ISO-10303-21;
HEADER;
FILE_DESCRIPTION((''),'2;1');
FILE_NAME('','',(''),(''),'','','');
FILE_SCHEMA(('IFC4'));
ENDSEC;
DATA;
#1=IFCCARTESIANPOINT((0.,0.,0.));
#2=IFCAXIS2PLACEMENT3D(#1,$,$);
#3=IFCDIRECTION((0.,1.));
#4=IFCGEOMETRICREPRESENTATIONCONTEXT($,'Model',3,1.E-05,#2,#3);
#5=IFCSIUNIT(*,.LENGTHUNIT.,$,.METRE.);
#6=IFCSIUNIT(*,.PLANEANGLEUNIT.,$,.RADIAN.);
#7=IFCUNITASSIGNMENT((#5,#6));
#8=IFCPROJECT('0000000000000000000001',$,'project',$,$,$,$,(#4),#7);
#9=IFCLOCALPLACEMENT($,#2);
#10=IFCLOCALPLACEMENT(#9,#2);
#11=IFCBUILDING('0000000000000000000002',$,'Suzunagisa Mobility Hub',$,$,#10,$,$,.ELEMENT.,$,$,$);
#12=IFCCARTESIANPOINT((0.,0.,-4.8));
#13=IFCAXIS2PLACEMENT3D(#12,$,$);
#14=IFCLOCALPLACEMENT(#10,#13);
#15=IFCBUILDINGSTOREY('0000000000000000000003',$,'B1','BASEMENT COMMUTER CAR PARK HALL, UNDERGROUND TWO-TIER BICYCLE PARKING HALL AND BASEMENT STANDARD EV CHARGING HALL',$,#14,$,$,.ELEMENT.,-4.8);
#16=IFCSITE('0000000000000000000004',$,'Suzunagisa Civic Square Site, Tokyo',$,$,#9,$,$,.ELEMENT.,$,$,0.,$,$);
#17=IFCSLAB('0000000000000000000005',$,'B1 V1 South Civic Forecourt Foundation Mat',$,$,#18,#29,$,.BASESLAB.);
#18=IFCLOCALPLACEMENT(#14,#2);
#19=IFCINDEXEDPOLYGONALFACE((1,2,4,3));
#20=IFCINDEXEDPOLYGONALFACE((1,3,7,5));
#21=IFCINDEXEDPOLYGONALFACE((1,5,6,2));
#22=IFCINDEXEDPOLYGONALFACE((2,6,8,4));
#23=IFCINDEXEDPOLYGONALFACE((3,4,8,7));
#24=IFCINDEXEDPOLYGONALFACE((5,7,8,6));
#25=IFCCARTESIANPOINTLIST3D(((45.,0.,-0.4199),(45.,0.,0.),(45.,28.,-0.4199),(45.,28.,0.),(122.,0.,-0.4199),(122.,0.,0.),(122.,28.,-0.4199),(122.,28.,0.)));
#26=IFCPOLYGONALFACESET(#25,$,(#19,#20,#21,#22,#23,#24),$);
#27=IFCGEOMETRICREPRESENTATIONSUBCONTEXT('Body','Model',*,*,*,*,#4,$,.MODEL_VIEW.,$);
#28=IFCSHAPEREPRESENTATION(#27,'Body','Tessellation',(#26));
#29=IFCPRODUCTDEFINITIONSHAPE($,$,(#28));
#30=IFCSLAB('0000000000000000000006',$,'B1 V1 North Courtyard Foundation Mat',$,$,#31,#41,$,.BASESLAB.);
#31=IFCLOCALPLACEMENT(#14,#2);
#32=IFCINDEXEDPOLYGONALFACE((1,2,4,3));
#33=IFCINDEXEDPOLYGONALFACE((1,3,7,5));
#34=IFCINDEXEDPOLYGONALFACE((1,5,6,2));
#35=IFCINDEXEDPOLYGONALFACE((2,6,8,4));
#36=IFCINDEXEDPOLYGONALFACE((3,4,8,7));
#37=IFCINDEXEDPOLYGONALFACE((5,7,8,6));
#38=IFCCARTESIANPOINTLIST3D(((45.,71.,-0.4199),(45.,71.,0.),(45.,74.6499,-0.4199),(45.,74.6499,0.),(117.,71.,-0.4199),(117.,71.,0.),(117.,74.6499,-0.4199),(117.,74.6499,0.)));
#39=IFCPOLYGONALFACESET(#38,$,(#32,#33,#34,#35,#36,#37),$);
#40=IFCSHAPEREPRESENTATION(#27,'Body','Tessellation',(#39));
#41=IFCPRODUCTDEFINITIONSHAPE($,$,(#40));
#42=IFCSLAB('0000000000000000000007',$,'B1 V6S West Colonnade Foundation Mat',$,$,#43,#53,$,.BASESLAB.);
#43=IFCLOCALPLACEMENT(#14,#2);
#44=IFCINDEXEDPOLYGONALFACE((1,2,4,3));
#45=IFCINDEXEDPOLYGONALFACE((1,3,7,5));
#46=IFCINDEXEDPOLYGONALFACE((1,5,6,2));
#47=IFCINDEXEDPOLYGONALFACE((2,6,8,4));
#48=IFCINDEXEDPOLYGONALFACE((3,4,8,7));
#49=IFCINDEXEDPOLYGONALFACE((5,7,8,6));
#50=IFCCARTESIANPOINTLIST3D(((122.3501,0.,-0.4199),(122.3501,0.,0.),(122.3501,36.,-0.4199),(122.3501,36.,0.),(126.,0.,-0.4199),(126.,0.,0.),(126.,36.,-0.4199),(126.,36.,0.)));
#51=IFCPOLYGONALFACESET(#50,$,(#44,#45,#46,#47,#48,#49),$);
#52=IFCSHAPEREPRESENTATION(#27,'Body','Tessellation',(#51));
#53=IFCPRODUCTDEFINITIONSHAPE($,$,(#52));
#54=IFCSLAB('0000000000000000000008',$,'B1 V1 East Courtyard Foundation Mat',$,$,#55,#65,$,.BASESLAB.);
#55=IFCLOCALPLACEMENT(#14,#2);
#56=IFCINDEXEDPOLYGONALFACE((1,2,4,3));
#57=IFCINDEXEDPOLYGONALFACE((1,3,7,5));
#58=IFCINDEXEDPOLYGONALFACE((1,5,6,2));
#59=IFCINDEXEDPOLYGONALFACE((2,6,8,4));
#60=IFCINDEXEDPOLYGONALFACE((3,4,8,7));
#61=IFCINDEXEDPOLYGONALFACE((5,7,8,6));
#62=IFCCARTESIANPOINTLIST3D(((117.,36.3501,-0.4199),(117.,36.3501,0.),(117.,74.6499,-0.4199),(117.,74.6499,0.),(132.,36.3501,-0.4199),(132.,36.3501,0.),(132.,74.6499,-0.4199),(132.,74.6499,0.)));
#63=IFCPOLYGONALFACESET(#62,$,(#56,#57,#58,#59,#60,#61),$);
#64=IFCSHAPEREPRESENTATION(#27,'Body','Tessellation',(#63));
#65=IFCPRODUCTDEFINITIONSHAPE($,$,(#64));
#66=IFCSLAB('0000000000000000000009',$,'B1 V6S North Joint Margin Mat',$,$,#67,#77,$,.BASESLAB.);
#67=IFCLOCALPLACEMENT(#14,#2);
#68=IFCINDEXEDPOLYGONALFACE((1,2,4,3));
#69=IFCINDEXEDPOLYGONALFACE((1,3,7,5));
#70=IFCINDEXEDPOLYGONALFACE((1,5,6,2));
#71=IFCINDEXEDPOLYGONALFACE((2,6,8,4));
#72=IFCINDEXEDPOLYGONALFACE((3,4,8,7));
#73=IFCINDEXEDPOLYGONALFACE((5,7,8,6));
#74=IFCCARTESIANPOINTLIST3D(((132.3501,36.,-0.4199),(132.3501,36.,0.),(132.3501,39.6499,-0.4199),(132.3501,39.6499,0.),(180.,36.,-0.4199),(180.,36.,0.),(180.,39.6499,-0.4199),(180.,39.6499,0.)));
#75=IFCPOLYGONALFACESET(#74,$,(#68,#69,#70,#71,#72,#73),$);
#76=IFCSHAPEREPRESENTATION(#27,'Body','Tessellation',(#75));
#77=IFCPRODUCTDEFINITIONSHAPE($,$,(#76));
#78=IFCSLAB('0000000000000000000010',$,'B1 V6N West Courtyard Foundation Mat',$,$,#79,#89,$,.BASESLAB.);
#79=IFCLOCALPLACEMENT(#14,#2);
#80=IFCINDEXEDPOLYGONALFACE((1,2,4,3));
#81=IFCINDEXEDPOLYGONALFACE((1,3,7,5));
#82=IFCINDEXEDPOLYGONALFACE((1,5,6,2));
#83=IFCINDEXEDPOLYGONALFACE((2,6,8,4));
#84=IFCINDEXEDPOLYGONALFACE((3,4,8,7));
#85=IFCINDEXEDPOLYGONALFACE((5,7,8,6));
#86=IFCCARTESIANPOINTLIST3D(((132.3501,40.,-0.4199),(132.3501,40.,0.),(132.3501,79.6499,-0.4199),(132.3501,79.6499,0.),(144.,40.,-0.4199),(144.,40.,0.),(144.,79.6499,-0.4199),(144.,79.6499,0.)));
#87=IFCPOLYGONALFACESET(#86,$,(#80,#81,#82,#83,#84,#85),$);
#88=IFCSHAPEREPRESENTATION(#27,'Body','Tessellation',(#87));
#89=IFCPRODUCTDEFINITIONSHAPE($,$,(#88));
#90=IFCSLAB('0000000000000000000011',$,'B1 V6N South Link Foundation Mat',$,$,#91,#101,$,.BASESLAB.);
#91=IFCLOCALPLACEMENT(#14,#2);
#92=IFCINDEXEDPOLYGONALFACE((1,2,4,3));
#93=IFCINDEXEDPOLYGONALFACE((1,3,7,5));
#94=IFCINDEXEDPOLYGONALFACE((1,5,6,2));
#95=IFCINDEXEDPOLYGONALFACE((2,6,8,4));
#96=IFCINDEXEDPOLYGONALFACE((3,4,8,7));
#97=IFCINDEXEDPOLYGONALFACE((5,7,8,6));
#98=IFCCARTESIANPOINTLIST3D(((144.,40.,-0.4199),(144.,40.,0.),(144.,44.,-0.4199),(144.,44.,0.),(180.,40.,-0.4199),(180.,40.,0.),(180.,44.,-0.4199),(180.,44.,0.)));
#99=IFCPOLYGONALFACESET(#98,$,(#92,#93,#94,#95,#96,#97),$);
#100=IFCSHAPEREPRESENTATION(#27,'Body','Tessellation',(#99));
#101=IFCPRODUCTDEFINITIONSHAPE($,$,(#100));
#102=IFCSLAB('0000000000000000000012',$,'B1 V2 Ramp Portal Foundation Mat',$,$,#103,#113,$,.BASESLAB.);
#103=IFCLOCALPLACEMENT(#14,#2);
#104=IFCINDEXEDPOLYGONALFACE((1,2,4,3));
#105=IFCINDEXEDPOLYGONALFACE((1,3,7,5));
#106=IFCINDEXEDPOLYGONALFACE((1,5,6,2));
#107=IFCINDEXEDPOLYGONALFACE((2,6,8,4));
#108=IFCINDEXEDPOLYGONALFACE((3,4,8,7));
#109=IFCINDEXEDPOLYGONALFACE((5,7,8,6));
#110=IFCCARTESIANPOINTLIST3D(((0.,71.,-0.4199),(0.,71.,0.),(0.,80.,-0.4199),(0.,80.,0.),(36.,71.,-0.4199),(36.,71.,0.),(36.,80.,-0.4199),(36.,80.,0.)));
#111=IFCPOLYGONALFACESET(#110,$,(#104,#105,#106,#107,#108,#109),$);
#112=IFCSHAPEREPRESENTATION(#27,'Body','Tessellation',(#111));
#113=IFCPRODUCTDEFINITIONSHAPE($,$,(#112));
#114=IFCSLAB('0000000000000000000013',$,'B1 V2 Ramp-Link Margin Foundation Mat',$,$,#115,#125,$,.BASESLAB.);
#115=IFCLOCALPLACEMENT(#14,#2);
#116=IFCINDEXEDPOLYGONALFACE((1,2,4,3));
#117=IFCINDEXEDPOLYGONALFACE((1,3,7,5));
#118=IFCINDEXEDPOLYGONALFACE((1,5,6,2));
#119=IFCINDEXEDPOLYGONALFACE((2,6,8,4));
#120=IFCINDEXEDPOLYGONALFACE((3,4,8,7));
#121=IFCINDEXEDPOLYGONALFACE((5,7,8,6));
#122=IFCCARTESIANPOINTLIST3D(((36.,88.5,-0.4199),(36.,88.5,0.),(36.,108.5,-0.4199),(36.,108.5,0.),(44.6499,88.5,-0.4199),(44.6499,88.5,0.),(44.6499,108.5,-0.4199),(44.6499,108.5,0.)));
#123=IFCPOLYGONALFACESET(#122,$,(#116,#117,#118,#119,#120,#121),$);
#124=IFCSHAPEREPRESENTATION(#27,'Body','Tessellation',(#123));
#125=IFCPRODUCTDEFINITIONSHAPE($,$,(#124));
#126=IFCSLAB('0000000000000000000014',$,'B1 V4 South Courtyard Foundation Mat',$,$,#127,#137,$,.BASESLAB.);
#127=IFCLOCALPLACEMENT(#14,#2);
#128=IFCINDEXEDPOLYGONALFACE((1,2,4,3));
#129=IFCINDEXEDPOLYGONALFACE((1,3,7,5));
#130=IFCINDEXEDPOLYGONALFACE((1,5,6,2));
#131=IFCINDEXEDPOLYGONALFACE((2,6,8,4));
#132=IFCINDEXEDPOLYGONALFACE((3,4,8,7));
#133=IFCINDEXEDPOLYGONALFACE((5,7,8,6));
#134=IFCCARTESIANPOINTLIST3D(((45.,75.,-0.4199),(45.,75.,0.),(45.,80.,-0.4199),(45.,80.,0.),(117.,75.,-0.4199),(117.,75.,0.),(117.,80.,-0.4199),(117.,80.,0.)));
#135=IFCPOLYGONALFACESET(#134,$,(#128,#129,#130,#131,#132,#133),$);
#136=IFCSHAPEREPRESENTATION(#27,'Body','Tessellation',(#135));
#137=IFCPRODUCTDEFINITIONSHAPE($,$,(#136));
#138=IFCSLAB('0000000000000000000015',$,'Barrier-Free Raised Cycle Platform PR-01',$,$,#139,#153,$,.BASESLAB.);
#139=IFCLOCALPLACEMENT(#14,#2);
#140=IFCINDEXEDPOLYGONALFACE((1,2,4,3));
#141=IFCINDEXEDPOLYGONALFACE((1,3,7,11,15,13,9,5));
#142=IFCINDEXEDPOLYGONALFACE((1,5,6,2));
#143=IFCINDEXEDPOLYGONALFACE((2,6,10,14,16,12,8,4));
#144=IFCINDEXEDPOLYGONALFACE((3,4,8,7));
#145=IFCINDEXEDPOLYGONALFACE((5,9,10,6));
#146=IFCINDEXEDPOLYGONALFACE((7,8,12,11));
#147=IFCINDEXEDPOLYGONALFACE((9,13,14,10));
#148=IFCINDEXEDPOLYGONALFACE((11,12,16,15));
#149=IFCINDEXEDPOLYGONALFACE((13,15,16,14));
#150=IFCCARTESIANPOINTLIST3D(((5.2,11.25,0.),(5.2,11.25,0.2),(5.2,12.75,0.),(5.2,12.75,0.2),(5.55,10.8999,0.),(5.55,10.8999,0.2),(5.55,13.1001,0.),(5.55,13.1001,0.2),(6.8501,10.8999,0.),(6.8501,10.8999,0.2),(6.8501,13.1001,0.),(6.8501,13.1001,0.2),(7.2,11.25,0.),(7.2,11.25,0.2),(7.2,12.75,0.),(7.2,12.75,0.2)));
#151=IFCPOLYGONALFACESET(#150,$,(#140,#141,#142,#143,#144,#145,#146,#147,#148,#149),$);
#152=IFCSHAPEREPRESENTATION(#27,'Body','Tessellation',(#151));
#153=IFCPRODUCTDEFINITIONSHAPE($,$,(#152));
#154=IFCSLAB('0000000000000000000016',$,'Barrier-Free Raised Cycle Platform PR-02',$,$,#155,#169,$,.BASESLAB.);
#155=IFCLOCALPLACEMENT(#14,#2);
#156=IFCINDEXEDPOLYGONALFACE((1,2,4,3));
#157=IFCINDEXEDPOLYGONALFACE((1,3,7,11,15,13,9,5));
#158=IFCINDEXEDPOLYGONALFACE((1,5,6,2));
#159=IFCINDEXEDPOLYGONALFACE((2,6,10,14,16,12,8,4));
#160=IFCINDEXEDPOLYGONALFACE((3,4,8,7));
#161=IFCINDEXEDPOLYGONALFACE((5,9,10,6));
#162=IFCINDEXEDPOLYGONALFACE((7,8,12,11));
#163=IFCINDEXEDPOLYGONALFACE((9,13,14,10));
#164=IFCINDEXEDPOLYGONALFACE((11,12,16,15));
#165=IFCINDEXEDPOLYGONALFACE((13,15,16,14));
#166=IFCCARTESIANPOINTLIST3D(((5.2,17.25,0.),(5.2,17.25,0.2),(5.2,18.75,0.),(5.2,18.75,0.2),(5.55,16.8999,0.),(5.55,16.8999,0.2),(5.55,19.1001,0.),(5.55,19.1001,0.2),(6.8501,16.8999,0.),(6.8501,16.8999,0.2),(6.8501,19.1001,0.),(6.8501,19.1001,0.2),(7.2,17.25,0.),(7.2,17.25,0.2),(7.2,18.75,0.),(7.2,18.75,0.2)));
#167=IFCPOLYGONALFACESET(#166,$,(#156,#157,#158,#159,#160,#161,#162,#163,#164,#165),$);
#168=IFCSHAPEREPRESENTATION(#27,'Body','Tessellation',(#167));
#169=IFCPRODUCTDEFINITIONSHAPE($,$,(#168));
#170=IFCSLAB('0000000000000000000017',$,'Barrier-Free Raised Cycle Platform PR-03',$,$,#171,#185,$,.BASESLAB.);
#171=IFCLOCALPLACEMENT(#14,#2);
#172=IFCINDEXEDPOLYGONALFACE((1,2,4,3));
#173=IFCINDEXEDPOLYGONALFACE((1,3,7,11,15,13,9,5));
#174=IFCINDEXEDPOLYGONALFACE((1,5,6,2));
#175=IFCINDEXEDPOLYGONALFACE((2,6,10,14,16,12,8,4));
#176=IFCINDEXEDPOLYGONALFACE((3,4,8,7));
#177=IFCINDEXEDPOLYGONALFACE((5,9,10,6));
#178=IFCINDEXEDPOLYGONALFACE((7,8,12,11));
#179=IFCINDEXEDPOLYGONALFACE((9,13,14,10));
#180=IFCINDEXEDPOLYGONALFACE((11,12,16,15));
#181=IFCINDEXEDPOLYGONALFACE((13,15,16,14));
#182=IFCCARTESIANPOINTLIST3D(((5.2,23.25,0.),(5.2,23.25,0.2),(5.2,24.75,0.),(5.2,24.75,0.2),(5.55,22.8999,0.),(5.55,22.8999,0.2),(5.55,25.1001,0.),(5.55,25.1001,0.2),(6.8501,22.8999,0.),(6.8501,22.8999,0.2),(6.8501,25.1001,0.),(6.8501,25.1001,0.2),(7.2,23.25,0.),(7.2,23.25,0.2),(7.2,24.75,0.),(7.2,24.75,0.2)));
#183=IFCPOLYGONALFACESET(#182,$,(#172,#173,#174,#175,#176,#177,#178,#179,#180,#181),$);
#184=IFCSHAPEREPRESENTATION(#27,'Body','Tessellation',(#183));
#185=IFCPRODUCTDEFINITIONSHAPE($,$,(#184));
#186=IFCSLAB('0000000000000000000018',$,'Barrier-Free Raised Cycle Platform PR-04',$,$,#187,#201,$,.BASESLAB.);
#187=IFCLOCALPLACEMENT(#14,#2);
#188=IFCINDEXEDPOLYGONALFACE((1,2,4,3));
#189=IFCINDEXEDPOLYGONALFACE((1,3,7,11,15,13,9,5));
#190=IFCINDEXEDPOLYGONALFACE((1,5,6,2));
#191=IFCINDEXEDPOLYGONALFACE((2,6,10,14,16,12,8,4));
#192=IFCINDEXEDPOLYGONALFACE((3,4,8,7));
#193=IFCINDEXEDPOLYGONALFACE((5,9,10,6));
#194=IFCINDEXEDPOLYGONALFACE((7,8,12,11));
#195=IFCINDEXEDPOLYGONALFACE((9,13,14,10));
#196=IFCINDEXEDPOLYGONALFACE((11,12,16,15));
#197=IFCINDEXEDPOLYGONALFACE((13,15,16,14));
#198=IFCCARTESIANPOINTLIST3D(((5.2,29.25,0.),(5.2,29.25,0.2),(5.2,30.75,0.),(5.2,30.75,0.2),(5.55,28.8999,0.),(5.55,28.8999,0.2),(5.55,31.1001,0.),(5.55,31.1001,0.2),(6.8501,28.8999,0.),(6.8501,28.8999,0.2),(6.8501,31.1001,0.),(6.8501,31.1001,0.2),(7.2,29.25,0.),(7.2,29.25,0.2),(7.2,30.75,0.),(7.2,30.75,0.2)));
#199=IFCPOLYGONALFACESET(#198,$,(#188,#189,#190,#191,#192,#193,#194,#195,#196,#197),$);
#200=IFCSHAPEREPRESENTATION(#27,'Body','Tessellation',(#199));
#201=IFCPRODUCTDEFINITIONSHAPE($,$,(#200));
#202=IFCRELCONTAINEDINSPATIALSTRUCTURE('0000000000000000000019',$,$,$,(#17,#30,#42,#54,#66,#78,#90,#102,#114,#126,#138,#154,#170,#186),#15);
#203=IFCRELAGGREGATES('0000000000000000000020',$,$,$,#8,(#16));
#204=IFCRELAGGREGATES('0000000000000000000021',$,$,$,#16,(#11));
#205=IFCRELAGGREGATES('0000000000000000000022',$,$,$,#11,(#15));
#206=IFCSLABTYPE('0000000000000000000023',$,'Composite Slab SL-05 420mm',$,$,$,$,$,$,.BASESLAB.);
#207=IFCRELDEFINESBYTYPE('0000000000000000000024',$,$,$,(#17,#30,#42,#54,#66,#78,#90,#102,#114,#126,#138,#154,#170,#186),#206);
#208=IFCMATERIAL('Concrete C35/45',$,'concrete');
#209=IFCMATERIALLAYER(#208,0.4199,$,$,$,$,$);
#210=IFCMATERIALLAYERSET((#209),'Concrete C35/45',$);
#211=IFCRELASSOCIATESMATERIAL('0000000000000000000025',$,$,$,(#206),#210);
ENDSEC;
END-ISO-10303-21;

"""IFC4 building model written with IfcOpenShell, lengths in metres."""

from ifc_helpers import new_model, si_unit, direction, frame, origin, place, context, subcontext, project, spatial, polyline, outline, extrude, material, layer, layer_set, type_object, element, save


model = new_model("IFC4")

# Units and contexts
model_context = context("Model", 3, precision=1e-05, world=origin(), true_north=direction((0.0, 1.0)))
body_context = subcontext(model_context, "Body", "Model", "MODEL_VIEW")
ifc_project = project(units=[si_unit("LENGTHUNIT", "METRE"), si_unit("PLANEANGLEUNIT", "RADIAN")], contexts=[model_context])

# Site, building, storey
site_placement = place(None, origin())
site = spatial("IfcSite", under=ifc_project, at=site_placement, Name="Suzunagisa Civic Square Site, Tokyo", CompositionType="ELEMENT", RefElevation=0.0)
building_placement = place(site_placement, origin())
building = spatial("IfcBuilding", under=site, at=building_placement, Name="Suzunagisa Mobility Hub", CompositionType="ELEMENT")
storey_placement = place(building_placement, frame((0.0, 0.0, -4.8)))
storey = spatial("IfcBuildingStorey", under=building, at=storey_placement, Name="B1", Description="BASEMENT COMMUTER CAR PARK HALL, UNDERGROUND TWO-TIER BICYCLE PARKING HALL AND BASEMENT STANDARD EV CHARGING HALL", CompositionType="ELEMENT", Elevation=-4.8)

# Slabs
ifc_material_1 = material(Name="Concrete C35/45", Category="concrete")
ifc_layer_1 = layer(ifc_material_1, 0.4199)
ifc_layer_set_1 = layer_set([ifc_layer_1], Name="Concrete C35/45")
slab_type_1 = type_object("IfcSlabType", Name="Composite Slab SL-05 420mm", PredefinedType="BASESLAB", material=ifc_layer_set_1)
slab_1_placement = place(storey_placement, frame((0.0, 0.0, -0.4199)))
element("IfcSlab", 1, at=slab_1_placement, inside=storey, type_object=slab_type_1, Name="B1 V1 South Civic Forecourt Foundation Mat", PredefinedType="BASESLAB", context=body_context, shape_type="SweptSolid", body=[
    extrude(outline(polyline([(45.0, 0.0), (122.0, 0.0), (122.0, 28.0), (45.0, 28.0), (45.0, 0.0)])), origin(), (0.0, 0.0, 1.0), 0.4199),
])
slab_2_placement = place(storey_placement, frame((0.0, 0.0, -0.4199)))
element("IfcSlab", 2, at=slab_2_placement, inside=storey, type_object=slab_type_1, Name="B1 V1 North Courtyard Foundation Mat", PredefinedType="BASESLAB", context=body_context, shape_type="SweptSolid", body=[
    extrude(outline(polyline([(45.0, 71.0), (117.0, 71.0), (117.0, 74.6499), (45.0, 74.6499), (45.0, 71.0)])), origin(), (0.0, 0.0, 1.0), 0.4199),
])
slab_3_placement = place(storey_placement, frame((0.0, 0.0, -0.4199)))
element("IfcSlab", 3, at=slab_3_placement, inside=storey, type_object=slab_type_1, Name="B1 V6S West Colonnade Foundation Mat", PredefinedType="BASESLAB", context=body_context, shape_type="SweptSolid", body=[
    extrude(outline(polyline([(122.3501, 0.0), (126.0, 0.0), (126.0, 36.0), (122.3501, 36.0), (122.3501, 0.0)])), origin(), (0.0, 0.0, 1.0), 0.4199),
])
slab_4_placement = place(storey_placement, frame((0.0, 0.0, -0.4199)))
element("IfcSlab", 4, at=slab_4_placement, inside=storey, type_object=slab_type_1, Name="B1 V1 East Courtyard Foundation Mat", PredefinedType="BASESLAB", context=body_context, shape_type="SweptSolid", body=[
    extrude(outline(polyline([(117.0, 36.3501), (132.0, 36.3501), (132.0, 74.6499), (117.0, 74.6499), (117.0, 36.3501)])), origin(), (0.0, 0.0, 1.0), 0.4199),
])
slab_5_placement = place(storey_placement, frame((0.0, 0.0, -0.4199)))
element("IfcSlab", 5, at=slab_5_placement, inside=storey, type_object=slab_type_1, Name="B1 V6S North Joint Margin Mat", PredefinedType="BASESLAB", context=body_context, shape_type="SweptSolid", body=[
    extrude(outline(polyline([(132.3501, 36.0), (180.0, 36.0), (180.0, 39.6499), (132.3501, 39.6499), (132.3501, 36.0)])), origin(), (0.0, 0.0, 1.0), 0.4199),
])
slab_6_placement = place(storey_placement, frame((0.0, 0.0, -0.4199)))
element("IfcSlab", 6, at=slab_6_placement, inside=storey, type_object=slab_type_1, Name="B1 V6N West Courtyard Foundation Mat", PredefinedType="BASESLAB", context=body_context, shape_type="SweptSolid", body=[
    extrude(outline(polyline([(132.3501, 40.0), (144.0, 40.0), (144.0, 79.6499), (132.3501, 79.6499), (132.3501, 40.0)])), origin(), (0.0, 0.0, 1.0), 0.4199),
])
slab_7_placement = place(storey_placement, frame((0.0, 0.0, -0.4199)))
element("IfcSlab", 7, at=slab_7_placement, inside=storey, type_object=slab_type_1, Name="B1 V6N South Link Foundation Mat", PredefinedType="BASESLAB", context=body_context, shape_type="SweptSolid", body=[
    extrude(outline(polyline([(144.0, 40.0), (180.0, 40.0), (180.0, 44.0), (144.0, 44.0), (144.0, 40.0)])), origin(), (0.0, 0.0, 1.0), 0.4199),
])
slab_8_placement = place(storey_placement, frame((0.0, 0.0, -0.4199)))
element("IfcSlab", 8, at=slab_8_placement, inside=storey, type_object=slab_type_1, Name="B1 V2 Ramp Portal Foundation Mat", PredefinedType="BASESLAB", context=body_context, shape_type="SweptSolid", body=[
    extrude(outline(polyline([(0.0, 71.0), (36.0, 71.0), (36.0, 80.0), (0.0, 80.0), (0.0, 71.0)])), origin(), (0.0, 0.0, 1.0), 0.4199),
])
slab_9_placement = place(storey_placement, frame((0.0, 0.0, -0.4199)))
element("IfcSlab", 9, at=slab_9_placement, inside=storey, type_object=slab_type_1, Name="B1 V2 Ramp-Link Margin Foundation Mat", PredefinedType="BASESLAB", context=body_context, shape_type="SweptSolid", body=[
    extrude(outline(polyline([(36.0, 88.5), (44.6499, 88.5), (44.6499, 108.5), (36.0, 108.5), (36.0, 88.5)])), origin(), (0.0, 0.0, 1.0), 0.4199),
])
slab_10_placement = place(storey_placement, frame((0.0, 0.0, -0.4199)))
element("IfcSlab", 10, at=slab_10_placement, inside=storey, type_object=slab_type_1, Name="B1 V4 South Courtyard Foundation Mat", PredefinedType="BASESLAB", context=body_context, shape_type="SweptSolid", body=[
    extrude(outline(polyline([(45.0, 75.0), (117.0, 75.0), (117.0, 80.0), (45.0, 80.0), (45.0, 75.0)])), origin(), (0.0, 0.0, 1.0), 0.4199),
])
slab_11_placement = place(storey_placement, origin())
element("IfcSlab", 11, at=slab_11_placement, inside=storey, type_object=slab_type_1, Name="Barrier-Free Raised Cycle Platform PR-01", PredefinedType="BASESLAB", context=body_context, shape_type="SweptSolid", body=[
    extrude(outline(polyline([(5.55, 10.8999), (6.8501, 10.8999), (7.2, 11.25), (7.2, 12.75), (6.8501, 13.1001), (5.55, 13.1001), (5.2, 12.75), (5.2, 11.25), (5.55, 10.8999)])), origin(), (0.0, 0.0, 1.0), 0.2),
])
slab_12_placement = place(storey_placement, origin())
element("IfcSlab", 12, at=slab_12_placement, inside=storey, type_object=slab_type_1, Name="Barrier-Free Raised Cycle Platform PR-02", PredefinedType="BASESLAB", context=body_context, shape_type="SweptSolid", body=[
    extrude(outline(polyline([(5.55, 16.8999), (6.8501, 16.8999), (7.2, 17.25), (7.2, 18.75), (6.8501, 19.1001), (5.55, 19.1001), (5.2, 18.75), (5.2, 17.25), (5.55, 16.8999)])), origin(), (0.0, 0.0, 1.0), 0.2),
])
slab_13_placement = place(storey_placement, origin())
element("IfcSlab", 13, at=slab_13_placement, inside=storey, type_object=slab_type_1, Name="Barrier-Free Raised Cycle Platform PR-03", PredefinedType="BASESLAB", context=body_context, shape_type="SweptSolid", body=[
    extrude(outline(polyline([(5.55, 22.8999), (6.8501, 22.8999), (7.2, 23.25), (7.2, 24.75), (6.8501, 25.1001), (5.55, 25.1001), (5.2, 24.75), (5.2, 23.25), (5.55, 22.8999)])), origin(), (0.0, 0.0, 1.0), 0.2),
])
slab_14_placement = place(storey_placement, origin())
element("IfcSlab", 14, at=slab_14_placement, inside=storey, type_object=slab_type_1, Name="Barrier-Free Raised Cycle Platform PR-04", PredefinedType="BASESLAB", context=body_context, shape_type="SweptSolid", body=[
    extrude(outline(polyline([(5.55, 28.8999), (6.8501, 28.8999), (7.2, 29.25), (7.2, 30.75), (6.8501, 31.1001), (5.55, 31.1001), (5.2, 30.75), (5.2, 29.25), (5.55, 28.8999)])), origin(), (0.0, 0.0, 1.0), 0.2),
])

save(model, "model.ifc")
